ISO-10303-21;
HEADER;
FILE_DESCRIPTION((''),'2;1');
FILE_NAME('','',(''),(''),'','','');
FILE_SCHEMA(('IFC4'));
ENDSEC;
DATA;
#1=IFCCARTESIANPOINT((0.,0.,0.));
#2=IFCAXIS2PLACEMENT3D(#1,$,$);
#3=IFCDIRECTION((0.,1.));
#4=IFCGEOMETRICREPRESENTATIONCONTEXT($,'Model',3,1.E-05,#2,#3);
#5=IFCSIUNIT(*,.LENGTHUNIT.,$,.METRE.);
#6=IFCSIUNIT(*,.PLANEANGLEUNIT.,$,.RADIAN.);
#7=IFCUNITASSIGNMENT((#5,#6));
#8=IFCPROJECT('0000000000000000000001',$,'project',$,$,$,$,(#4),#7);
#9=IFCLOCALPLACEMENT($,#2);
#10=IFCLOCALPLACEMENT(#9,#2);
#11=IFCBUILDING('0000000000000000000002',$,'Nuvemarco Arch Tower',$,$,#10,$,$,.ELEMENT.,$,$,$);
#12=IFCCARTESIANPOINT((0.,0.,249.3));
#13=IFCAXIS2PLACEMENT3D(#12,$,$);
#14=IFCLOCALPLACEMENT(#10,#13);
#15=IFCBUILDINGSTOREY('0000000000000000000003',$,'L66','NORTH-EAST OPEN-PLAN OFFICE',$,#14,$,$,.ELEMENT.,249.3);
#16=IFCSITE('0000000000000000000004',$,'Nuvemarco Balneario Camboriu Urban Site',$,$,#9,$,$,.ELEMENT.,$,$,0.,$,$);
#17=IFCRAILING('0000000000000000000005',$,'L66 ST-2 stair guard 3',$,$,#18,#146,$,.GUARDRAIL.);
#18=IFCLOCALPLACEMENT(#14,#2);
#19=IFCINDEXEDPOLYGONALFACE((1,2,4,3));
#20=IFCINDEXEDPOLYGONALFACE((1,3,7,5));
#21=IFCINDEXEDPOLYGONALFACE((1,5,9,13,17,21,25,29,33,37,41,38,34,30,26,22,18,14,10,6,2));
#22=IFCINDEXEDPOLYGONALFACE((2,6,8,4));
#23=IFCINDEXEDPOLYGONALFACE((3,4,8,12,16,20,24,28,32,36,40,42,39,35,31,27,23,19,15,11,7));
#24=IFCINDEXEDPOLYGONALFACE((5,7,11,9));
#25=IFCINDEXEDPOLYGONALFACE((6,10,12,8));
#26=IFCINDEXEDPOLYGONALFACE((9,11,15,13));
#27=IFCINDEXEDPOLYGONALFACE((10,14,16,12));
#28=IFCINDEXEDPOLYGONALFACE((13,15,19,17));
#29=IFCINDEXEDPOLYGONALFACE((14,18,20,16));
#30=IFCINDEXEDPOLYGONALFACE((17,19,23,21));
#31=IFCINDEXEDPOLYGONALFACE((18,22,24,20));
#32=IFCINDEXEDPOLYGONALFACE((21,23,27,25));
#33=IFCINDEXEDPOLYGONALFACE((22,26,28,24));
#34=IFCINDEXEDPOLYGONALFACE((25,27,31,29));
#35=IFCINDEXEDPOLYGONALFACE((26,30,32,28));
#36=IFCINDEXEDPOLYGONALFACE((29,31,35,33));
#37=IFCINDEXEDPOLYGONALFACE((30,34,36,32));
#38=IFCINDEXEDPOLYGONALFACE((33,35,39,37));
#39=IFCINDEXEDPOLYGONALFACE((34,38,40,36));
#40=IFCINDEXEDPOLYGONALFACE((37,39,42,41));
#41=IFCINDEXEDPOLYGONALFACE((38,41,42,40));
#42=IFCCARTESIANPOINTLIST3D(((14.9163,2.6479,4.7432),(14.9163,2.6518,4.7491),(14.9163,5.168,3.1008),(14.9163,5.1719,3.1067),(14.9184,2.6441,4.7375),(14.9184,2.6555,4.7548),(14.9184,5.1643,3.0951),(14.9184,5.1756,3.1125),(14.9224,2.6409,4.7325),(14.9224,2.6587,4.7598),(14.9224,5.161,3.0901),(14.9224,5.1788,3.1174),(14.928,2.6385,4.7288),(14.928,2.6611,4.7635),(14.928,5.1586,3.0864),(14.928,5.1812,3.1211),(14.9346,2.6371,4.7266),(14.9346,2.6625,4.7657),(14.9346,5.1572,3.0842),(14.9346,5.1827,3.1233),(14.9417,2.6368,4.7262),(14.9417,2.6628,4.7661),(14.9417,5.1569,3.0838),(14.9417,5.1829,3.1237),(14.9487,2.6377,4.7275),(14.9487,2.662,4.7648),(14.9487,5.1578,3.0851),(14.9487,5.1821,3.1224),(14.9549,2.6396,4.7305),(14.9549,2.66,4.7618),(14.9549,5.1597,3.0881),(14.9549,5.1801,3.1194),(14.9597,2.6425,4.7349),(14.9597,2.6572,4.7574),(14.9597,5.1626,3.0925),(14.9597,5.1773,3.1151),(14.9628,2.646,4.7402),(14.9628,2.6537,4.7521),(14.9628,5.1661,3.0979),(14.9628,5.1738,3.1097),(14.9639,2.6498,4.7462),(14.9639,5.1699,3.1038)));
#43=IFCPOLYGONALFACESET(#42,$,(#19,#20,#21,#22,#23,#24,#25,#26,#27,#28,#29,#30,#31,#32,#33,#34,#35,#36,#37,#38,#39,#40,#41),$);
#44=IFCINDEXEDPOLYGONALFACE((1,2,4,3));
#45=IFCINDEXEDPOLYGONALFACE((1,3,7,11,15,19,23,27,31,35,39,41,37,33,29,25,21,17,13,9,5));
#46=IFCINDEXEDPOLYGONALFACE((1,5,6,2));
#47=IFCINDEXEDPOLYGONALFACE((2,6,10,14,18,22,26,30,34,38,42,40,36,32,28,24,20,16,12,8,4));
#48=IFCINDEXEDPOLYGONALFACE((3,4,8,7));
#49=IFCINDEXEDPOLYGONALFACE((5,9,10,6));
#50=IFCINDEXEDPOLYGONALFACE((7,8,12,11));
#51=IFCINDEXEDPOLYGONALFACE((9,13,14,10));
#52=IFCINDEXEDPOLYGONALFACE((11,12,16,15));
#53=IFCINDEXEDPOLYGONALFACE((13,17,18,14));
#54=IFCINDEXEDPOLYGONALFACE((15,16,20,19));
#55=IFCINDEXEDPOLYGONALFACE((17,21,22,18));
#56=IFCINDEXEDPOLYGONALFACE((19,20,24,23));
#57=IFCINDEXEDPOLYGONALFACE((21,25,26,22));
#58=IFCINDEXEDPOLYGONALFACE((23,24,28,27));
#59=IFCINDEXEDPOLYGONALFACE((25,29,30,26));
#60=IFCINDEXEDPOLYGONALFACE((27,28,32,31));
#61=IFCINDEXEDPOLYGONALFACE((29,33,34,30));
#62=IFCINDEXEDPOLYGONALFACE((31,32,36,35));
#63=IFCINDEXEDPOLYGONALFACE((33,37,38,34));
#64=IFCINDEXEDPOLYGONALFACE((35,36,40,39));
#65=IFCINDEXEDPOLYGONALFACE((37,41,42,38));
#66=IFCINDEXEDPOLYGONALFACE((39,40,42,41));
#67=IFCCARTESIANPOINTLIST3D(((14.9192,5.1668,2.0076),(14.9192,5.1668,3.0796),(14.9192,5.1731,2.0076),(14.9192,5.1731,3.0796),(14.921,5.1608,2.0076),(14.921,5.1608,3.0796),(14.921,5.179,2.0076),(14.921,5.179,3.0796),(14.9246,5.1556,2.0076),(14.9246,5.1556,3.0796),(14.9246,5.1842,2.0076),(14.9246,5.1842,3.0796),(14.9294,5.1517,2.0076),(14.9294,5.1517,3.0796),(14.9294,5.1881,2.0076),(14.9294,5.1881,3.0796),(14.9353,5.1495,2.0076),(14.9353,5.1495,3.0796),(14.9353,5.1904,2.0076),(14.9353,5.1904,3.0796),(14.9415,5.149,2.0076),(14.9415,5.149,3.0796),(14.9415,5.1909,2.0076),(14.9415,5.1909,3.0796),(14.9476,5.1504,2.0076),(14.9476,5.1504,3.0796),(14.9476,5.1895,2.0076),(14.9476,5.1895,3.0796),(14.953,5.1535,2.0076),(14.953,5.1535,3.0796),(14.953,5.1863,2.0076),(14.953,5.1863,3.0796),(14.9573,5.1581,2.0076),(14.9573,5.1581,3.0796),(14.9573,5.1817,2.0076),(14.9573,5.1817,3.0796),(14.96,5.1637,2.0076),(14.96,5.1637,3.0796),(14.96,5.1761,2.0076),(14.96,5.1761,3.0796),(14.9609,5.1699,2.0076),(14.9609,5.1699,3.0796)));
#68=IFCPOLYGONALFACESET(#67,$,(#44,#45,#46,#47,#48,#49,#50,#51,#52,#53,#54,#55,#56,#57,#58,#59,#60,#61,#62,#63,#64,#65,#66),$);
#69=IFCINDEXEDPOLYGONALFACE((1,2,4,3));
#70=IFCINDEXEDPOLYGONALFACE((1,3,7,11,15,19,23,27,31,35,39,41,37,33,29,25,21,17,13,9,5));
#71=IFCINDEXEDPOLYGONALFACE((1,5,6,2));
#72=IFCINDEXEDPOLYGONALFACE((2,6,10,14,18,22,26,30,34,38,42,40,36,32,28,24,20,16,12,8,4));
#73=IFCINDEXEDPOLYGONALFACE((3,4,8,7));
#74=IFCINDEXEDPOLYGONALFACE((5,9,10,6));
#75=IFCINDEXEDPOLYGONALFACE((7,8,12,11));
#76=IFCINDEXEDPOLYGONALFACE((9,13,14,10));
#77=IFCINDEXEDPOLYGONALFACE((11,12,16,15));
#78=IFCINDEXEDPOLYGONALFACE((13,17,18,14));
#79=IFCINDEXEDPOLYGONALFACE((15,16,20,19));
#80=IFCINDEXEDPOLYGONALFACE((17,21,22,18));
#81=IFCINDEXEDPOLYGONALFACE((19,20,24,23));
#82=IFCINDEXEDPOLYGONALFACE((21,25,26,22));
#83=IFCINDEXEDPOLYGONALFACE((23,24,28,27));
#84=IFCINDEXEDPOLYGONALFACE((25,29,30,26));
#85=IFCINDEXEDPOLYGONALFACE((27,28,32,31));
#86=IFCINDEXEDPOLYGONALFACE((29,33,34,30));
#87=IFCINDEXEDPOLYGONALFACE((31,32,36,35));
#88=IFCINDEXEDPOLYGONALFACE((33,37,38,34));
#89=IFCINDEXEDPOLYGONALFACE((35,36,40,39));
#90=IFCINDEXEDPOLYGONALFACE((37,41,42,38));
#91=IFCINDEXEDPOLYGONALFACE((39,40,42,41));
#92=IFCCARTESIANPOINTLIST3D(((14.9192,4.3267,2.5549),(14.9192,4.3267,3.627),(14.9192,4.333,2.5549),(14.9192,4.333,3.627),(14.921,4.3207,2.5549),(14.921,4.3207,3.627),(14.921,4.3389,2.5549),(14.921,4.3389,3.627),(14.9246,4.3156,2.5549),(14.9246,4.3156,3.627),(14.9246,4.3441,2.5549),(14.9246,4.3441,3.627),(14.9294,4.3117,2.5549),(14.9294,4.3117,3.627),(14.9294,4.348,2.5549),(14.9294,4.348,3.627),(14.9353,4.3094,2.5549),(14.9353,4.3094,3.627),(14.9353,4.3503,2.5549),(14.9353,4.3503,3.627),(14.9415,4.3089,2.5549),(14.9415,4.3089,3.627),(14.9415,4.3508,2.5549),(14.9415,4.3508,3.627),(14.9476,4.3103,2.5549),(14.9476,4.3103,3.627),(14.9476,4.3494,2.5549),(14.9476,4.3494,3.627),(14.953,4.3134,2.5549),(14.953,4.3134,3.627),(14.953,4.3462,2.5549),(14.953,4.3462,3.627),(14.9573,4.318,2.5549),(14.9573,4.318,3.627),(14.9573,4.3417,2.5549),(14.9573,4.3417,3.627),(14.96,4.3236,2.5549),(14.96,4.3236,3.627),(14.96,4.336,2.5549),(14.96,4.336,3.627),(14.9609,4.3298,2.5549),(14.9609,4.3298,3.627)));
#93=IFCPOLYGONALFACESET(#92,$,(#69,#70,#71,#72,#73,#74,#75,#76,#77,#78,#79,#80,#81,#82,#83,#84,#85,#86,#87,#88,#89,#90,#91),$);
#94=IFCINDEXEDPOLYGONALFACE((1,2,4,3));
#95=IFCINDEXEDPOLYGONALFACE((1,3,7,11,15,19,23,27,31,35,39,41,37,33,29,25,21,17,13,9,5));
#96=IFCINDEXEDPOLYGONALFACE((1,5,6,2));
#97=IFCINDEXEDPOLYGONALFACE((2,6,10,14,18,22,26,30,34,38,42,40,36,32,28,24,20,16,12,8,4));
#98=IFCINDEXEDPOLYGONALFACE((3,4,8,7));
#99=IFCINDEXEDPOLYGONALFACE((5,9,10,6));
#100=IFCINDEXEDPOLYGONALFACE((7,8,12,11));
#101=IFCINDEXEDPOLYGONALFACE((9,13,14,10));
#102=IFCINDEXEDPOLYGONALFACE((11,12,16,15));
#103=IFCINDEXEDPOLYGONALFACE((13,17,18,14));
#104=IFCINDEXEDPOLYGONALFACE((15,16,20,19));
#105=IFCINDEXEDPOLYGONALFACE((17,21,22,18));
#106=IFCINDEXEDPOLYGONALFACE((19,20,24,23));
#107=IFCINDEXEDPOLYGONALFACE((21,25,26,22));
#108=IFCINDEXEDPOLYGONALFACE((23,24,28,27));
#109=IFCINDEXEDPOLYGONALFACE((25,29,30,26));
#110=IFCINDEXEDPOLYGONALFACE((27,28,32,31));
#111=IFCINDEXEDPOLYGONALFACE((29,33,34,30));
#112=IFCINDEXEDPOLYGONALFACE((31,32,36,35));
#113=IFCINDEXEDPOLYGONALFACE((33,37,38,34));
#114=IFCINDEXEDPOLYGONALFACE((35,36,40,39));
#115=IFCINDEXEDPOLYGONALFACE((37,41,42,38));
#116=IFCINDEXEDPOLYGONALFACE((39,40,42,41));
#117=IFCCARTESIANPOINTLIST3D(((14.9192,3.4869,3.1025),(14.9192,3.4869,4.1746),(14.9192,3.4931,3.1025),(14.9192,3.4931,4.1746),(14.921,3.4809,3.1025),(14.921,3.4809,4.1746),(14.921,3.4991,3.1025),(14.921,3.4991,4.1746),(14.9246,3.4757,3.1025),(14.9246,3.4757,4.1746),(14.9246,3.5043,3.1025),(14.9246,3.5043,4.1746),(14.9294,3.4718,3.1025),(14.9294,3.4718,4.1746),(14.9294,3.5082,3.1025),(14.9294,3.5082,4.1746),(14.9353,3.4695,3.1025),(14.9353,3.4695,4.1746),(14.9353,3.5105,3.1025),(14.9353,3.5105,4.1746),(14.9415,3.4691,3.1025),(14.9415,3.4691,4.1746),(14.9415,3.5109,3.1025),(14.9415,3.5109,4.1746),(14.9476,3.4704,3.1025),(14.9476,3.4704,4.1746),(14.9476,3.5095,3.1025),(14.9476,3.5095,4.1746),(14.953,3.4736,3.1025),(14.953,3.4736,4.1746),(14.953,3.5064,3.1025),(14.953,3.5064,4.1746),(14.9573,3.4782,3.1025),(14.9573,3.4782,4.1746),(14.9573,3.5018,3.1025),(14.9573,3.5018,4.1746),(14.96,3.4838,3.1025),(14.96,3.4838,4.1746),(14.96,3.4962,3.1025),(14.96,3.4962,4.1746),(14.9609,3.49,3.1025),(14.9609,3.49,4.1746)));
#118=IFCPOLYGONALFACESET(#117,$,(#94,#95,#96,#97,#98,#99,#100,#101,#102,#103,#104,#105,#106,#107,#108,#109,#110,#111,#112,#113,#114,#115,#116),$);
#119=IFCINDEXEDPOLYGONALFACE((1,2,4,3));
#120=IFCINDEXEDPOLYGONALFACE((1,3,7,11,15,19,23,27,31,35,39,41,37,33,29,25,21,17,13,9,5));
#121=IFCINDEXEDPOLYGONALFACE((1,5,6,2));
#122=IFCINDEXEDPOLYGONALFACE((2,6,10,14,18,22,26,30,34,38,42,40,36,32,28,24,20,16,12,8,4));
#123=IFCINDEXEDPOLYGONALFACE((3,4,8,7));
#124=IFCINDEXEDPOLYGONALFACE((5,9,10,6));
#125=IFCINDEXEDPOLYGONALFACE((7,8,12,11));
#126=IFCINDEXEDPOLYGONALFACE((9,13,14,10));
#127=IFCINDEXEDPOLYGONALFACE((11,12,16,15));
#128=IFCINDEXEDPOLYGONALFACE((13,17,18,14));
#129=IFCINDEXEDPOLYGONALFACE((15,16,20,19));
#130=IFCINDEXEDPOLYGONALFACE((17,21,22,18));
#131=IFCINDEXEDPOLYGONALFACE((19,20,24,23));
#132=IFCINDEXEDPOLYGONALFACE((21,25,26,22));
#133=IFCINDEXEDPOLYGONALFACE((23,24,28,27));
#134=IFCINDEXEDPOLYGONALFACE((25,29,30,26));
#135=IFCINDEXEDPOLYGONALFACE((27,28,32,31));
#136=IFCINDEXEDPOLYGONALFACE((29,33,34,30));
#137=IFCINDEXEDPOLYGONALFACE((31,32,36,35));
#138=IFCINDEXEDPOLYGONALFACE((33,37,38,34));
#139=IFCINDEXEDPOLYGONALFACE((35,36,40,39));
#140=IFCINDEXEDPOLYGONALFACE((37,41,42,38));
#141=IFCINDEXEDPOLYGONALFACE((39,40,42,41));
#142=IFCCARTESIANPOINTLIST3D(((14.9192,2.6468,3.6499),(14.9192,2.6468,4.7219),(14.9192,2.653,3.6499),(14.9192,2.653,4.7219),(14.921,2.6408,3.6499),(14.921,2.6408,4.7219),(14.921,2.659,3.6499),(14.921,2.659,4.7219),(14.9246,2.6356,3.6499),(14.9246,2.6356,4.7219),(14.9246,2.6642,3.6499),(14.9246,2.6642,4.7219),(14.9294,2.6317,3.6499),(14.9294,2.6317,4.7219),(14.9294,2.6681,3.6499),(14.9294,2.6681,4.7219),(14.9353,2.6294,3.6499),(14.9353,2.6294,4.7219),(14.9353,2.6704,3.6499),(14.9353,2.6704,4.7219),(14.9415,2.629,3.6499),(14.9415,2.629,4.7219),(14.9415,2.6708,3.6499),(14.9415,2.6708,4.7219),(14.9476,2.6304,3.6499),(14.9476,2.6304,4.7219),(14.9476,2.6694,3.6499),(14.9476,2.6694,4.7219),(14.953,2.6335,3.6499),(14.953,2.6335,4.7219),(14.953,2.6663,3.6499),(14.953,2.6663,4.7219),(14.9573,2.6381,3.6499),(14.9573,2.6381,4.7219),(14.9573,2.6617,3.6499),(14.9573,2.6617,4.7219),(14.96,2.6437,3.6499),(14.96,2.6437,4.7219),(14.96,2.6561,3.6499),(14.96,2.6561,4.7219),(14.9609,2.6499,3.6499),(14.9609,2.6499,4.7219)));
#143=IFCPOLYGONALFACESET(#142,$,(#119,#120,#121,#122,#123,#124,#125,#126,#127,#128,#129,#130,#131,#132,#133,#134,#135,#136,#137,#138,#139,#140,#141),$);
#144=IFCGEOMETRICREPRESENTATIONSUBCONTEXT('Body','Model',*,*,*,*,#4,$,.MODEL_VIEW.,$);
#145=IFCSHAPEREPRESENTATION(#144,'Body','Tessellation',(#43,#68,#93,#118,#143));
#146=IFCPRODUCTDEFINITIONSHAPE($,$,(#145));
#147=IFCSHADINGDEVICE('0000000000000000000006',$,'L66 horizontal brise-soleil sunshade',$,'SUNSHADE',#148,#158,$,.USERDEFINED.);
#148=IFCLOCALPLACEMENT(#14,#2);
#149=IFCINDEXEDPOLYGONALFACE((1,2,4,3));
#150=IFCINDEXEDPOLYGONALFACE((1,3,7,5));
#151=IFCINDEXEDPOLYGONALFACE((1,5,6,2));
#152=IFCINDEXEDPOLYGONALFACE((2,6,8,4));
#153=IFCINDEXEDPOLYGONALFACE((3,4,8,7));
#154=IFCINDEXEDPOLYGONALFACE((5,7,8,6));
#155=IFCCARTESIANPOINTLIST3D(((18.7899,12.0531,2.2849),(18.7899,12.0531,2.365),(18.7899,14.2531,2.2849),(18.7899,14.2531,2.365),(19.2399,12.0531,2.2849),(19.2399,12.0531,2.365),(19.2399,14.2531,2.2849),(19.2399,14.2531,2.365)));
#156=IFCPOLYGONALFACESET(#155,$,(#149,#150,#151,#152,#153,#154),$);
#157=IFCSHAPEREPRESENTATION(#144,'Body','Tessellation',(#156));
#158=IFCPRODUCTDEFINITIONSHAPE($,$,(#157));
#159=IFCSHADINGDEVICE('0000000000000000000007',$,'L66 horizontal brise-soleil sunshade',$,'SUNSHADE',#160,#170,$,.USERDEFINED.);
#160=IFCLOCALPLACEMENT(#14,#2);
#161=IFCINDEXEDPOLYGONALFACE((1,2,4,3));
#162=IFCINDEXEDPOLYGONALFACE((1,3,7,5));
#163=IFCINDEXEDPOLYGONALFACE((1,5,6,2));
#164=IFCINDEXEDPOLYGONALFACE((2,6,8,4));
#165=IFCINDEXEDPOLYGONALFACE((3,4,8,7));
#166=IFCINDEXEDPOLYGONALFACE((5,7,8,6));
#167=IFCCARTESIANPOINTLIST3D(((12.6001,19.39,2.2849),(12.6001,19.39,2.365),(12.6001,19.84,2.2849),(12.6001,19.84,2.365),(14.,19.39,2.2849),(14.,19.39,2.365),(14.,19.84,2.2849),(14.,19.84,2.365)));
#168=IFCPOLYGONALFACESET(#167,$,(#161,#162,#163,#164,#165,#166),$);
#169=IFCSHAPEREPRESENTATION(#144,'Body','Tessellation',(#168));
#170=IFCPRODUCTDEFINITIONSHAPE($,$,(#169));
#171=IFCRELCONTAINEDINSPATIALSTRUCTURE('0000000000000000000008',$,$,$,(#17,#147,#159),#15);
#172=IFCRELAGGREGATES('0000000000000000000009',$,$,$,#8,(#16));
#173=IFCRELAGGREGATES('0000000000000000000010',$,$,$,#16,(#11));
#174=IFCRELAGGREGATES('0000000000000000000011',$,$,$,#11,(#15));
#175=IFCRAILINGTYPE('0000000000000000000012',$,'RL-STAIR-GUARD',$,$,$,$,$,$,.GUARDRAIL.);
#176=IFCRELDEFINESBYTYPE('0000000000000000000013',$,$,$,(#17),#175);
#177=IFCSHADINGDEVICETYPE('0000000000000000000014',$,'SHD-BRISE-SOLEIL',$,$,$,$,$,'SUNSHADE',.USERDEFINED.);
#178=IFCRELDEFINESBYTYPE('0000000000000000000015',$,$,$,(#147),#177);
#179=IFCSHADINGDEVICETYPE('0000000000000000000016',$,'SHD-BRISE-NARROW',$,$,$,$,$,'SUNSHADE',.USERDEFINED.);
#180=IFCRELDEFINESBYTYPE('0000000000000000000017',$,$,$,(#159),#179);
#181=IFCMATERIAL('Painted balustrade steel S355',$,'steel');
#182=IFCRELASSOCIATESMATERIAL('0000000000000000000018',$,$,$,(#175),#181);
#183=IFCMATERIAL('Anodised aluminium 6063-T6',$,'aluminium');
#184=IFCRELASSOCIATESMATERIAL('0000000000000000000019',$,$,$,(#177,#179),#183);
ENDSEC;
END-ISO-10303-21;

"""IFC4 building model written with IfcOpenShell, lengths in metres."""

from ifc_helpers import new_model, si_unit, direction, frame, origin, origin_2d, place, context, subcontext, project, spatial, rectangle, circle, extrude, source, transform, mapped, material, type_object, type_shapes, element, save


model = new_model("IFC4")

# Units and contexts
model_context = context("Model", 3, precision=1e-05, world=origin(), true_north=direction((0.0, 1.0)))
body_context = subcontext(model_context, "Body", "Model", "MODEL_VIEW")
ifc_project = project(units=[si_unit("LENGTHUNIT", "METRE"), si_unit("PLANEANGLEUNIT", "RADIAN")], contexts=[model_context])

# Site, building, storey
site_placement = place(None, origin())
site = spatial("IfcSite", under=ifc_project, at=site_placement, Name="Nuvemarco Balneario Camboriu Urban Site", CompositionType="ELEMENT", RefElevation=0.0)
building_placement = place(site_placement, origin())
building = spatial("IfcBuilding", under=site, at=building_placement, Name="Nuvemarco Arch Tower", CompositionType="ELEMENT")
storey_placement = place(building_placement, frame((0.0, 0.0, 249.3)))
storey = spatial("IfcBuildingStorey", under=building, at=storey_placement, Name="L66", Description="NORTH-EAST OPEN-PLAN OFFICE", CompositionType="ELEMENT", Elevation=249.3)

# Railing
ifc_material_1 = material(Name="Painted balustrade steel S355", Category="steel")
railing_type_1 = type_object("IfcRailingType", Name="RL-STAIR-GUARD", PredefinedType="GUARDRAIL", material=ifc_material_1)
railing_1_placement = place(storey_placement, frame((14.9399, 5.1699, 2.0076)))
element("IfcRailing", 1, at=railing_1_placement, inside=storey, type_object=railing_type_1, Name="L66 ST-2 stair guard 3", PredefinedType="GUARDRAIL", context=body_context, shape_type="SweptSolid", body=[
    extrude(circle(Radius=0.0239, at=origin_2d()), frame((0.0, 0.0, 1.0962), z_axis=(0.0, -0.837787, 0.545998), x_axis=(1.0, 0.0, 0.0)), (0.0, 0.0, 1.0), 3.0081),
    extrude(circle(Radius=0.021, at=origin_2d()), origin(), (0.0, 0.0, 1.0), 1.072),
    extrude(circle(Radius=0.021, at=origin_2d()), frame((0.0, -0.8401, 0.5474)), (0.0, 0.0, 1.0), 1.072),
    extrude(circle(Radius=0.021, at=origin_2d()), frame((0.0, -1.6799, 1.095)), (0.0, 0.0, 1.0), 1.072),
    extrude(circle(Radius=0.021, at=origin_2d()), frame((0.0, -2.52, 1.6423)), (0.0, 0.0, 1.0), 1.072),
])

# Shading devices
ifc_material_2 = material(Name="Anodised aluminium 6063-T6", Category="aluminium")
shading_device_type_1 = type_object("IfcShadingDeviceType", Name="SHD-BRISE-SOLEIL", ElementType="SUNSHADE", PredefinedType="USERDEFINED", material=ifc_material_2)
shared_shape_1 = source(origin(), body_context, "Body", "SweptSolid", [
    extrude(rectangle(XDim=2.2, YDim=0.45, at=origin_2d()), origin(), (0.0, 0.0, 1.0), 0.0801),
])
type_shapes(shading_device_type_1, [shared_shape_1])
shading_device_1_placement = place(storey_placement, frame((19.0149, 13.1531, 2.2849), z_axis=(0.0, 0.0, 1.0), x_axis=(0.0, 1.0, 0.0)))
element("IfcShadingDevice", 2, at=shading_device_1_placement, inside=storey, type_object=shading_device_type_1, Name="L66 horizontal brise-soleil sunshade", ObjectType="SUNSHADE", PredefinedType="USERDEFINED", context=body_context, shape_type="MappedRepresentation", body=[
    mapped(shared_shape_1, transform((0.0, 0.0, 0.0), scale=1.0)),
])
shading_device_type_2 = type_object("IfcShadingDeviceType", Name="SHD-BRISE-NARROW", ElementType="SUNSHADE", PredefinedType="USERDEFINED", material=ifc_material_2)
shared_shape_2 = source(origin(), body_context, "Body", "SweptSolid", [
    extrude(rectangle(XDim=1.3999, YDim=0.45, at=origin_2d()), origin(), (0.0, 0.0, 1.0), 0.0801),
])
type_shapes(shading_device_type_2, [shared_shape_2])
shading_device_2_placement = place(storey_placement, frame((13.3, 19.615, 2.2849), z_axis=(0.0, 0.0, 1.0), x_axis=(1.0, 0.0, 0.0)))
element("IfcShadingDevice", 3, at=shading_device_2_placement, inside=storey, type_object=shading_device_type_2, Name="L66 horizontal brise-soleil sunshade", ObjectType="SUNSHADE", PredefinedType="USERDEFINED", context=body_context, shape_type="MappedRepresentation", body=[
    mapped(shared_shape_2, transform((0.0, 0.0, 0.0), scale=1.0)),
])

save(model, "model.ifc")
